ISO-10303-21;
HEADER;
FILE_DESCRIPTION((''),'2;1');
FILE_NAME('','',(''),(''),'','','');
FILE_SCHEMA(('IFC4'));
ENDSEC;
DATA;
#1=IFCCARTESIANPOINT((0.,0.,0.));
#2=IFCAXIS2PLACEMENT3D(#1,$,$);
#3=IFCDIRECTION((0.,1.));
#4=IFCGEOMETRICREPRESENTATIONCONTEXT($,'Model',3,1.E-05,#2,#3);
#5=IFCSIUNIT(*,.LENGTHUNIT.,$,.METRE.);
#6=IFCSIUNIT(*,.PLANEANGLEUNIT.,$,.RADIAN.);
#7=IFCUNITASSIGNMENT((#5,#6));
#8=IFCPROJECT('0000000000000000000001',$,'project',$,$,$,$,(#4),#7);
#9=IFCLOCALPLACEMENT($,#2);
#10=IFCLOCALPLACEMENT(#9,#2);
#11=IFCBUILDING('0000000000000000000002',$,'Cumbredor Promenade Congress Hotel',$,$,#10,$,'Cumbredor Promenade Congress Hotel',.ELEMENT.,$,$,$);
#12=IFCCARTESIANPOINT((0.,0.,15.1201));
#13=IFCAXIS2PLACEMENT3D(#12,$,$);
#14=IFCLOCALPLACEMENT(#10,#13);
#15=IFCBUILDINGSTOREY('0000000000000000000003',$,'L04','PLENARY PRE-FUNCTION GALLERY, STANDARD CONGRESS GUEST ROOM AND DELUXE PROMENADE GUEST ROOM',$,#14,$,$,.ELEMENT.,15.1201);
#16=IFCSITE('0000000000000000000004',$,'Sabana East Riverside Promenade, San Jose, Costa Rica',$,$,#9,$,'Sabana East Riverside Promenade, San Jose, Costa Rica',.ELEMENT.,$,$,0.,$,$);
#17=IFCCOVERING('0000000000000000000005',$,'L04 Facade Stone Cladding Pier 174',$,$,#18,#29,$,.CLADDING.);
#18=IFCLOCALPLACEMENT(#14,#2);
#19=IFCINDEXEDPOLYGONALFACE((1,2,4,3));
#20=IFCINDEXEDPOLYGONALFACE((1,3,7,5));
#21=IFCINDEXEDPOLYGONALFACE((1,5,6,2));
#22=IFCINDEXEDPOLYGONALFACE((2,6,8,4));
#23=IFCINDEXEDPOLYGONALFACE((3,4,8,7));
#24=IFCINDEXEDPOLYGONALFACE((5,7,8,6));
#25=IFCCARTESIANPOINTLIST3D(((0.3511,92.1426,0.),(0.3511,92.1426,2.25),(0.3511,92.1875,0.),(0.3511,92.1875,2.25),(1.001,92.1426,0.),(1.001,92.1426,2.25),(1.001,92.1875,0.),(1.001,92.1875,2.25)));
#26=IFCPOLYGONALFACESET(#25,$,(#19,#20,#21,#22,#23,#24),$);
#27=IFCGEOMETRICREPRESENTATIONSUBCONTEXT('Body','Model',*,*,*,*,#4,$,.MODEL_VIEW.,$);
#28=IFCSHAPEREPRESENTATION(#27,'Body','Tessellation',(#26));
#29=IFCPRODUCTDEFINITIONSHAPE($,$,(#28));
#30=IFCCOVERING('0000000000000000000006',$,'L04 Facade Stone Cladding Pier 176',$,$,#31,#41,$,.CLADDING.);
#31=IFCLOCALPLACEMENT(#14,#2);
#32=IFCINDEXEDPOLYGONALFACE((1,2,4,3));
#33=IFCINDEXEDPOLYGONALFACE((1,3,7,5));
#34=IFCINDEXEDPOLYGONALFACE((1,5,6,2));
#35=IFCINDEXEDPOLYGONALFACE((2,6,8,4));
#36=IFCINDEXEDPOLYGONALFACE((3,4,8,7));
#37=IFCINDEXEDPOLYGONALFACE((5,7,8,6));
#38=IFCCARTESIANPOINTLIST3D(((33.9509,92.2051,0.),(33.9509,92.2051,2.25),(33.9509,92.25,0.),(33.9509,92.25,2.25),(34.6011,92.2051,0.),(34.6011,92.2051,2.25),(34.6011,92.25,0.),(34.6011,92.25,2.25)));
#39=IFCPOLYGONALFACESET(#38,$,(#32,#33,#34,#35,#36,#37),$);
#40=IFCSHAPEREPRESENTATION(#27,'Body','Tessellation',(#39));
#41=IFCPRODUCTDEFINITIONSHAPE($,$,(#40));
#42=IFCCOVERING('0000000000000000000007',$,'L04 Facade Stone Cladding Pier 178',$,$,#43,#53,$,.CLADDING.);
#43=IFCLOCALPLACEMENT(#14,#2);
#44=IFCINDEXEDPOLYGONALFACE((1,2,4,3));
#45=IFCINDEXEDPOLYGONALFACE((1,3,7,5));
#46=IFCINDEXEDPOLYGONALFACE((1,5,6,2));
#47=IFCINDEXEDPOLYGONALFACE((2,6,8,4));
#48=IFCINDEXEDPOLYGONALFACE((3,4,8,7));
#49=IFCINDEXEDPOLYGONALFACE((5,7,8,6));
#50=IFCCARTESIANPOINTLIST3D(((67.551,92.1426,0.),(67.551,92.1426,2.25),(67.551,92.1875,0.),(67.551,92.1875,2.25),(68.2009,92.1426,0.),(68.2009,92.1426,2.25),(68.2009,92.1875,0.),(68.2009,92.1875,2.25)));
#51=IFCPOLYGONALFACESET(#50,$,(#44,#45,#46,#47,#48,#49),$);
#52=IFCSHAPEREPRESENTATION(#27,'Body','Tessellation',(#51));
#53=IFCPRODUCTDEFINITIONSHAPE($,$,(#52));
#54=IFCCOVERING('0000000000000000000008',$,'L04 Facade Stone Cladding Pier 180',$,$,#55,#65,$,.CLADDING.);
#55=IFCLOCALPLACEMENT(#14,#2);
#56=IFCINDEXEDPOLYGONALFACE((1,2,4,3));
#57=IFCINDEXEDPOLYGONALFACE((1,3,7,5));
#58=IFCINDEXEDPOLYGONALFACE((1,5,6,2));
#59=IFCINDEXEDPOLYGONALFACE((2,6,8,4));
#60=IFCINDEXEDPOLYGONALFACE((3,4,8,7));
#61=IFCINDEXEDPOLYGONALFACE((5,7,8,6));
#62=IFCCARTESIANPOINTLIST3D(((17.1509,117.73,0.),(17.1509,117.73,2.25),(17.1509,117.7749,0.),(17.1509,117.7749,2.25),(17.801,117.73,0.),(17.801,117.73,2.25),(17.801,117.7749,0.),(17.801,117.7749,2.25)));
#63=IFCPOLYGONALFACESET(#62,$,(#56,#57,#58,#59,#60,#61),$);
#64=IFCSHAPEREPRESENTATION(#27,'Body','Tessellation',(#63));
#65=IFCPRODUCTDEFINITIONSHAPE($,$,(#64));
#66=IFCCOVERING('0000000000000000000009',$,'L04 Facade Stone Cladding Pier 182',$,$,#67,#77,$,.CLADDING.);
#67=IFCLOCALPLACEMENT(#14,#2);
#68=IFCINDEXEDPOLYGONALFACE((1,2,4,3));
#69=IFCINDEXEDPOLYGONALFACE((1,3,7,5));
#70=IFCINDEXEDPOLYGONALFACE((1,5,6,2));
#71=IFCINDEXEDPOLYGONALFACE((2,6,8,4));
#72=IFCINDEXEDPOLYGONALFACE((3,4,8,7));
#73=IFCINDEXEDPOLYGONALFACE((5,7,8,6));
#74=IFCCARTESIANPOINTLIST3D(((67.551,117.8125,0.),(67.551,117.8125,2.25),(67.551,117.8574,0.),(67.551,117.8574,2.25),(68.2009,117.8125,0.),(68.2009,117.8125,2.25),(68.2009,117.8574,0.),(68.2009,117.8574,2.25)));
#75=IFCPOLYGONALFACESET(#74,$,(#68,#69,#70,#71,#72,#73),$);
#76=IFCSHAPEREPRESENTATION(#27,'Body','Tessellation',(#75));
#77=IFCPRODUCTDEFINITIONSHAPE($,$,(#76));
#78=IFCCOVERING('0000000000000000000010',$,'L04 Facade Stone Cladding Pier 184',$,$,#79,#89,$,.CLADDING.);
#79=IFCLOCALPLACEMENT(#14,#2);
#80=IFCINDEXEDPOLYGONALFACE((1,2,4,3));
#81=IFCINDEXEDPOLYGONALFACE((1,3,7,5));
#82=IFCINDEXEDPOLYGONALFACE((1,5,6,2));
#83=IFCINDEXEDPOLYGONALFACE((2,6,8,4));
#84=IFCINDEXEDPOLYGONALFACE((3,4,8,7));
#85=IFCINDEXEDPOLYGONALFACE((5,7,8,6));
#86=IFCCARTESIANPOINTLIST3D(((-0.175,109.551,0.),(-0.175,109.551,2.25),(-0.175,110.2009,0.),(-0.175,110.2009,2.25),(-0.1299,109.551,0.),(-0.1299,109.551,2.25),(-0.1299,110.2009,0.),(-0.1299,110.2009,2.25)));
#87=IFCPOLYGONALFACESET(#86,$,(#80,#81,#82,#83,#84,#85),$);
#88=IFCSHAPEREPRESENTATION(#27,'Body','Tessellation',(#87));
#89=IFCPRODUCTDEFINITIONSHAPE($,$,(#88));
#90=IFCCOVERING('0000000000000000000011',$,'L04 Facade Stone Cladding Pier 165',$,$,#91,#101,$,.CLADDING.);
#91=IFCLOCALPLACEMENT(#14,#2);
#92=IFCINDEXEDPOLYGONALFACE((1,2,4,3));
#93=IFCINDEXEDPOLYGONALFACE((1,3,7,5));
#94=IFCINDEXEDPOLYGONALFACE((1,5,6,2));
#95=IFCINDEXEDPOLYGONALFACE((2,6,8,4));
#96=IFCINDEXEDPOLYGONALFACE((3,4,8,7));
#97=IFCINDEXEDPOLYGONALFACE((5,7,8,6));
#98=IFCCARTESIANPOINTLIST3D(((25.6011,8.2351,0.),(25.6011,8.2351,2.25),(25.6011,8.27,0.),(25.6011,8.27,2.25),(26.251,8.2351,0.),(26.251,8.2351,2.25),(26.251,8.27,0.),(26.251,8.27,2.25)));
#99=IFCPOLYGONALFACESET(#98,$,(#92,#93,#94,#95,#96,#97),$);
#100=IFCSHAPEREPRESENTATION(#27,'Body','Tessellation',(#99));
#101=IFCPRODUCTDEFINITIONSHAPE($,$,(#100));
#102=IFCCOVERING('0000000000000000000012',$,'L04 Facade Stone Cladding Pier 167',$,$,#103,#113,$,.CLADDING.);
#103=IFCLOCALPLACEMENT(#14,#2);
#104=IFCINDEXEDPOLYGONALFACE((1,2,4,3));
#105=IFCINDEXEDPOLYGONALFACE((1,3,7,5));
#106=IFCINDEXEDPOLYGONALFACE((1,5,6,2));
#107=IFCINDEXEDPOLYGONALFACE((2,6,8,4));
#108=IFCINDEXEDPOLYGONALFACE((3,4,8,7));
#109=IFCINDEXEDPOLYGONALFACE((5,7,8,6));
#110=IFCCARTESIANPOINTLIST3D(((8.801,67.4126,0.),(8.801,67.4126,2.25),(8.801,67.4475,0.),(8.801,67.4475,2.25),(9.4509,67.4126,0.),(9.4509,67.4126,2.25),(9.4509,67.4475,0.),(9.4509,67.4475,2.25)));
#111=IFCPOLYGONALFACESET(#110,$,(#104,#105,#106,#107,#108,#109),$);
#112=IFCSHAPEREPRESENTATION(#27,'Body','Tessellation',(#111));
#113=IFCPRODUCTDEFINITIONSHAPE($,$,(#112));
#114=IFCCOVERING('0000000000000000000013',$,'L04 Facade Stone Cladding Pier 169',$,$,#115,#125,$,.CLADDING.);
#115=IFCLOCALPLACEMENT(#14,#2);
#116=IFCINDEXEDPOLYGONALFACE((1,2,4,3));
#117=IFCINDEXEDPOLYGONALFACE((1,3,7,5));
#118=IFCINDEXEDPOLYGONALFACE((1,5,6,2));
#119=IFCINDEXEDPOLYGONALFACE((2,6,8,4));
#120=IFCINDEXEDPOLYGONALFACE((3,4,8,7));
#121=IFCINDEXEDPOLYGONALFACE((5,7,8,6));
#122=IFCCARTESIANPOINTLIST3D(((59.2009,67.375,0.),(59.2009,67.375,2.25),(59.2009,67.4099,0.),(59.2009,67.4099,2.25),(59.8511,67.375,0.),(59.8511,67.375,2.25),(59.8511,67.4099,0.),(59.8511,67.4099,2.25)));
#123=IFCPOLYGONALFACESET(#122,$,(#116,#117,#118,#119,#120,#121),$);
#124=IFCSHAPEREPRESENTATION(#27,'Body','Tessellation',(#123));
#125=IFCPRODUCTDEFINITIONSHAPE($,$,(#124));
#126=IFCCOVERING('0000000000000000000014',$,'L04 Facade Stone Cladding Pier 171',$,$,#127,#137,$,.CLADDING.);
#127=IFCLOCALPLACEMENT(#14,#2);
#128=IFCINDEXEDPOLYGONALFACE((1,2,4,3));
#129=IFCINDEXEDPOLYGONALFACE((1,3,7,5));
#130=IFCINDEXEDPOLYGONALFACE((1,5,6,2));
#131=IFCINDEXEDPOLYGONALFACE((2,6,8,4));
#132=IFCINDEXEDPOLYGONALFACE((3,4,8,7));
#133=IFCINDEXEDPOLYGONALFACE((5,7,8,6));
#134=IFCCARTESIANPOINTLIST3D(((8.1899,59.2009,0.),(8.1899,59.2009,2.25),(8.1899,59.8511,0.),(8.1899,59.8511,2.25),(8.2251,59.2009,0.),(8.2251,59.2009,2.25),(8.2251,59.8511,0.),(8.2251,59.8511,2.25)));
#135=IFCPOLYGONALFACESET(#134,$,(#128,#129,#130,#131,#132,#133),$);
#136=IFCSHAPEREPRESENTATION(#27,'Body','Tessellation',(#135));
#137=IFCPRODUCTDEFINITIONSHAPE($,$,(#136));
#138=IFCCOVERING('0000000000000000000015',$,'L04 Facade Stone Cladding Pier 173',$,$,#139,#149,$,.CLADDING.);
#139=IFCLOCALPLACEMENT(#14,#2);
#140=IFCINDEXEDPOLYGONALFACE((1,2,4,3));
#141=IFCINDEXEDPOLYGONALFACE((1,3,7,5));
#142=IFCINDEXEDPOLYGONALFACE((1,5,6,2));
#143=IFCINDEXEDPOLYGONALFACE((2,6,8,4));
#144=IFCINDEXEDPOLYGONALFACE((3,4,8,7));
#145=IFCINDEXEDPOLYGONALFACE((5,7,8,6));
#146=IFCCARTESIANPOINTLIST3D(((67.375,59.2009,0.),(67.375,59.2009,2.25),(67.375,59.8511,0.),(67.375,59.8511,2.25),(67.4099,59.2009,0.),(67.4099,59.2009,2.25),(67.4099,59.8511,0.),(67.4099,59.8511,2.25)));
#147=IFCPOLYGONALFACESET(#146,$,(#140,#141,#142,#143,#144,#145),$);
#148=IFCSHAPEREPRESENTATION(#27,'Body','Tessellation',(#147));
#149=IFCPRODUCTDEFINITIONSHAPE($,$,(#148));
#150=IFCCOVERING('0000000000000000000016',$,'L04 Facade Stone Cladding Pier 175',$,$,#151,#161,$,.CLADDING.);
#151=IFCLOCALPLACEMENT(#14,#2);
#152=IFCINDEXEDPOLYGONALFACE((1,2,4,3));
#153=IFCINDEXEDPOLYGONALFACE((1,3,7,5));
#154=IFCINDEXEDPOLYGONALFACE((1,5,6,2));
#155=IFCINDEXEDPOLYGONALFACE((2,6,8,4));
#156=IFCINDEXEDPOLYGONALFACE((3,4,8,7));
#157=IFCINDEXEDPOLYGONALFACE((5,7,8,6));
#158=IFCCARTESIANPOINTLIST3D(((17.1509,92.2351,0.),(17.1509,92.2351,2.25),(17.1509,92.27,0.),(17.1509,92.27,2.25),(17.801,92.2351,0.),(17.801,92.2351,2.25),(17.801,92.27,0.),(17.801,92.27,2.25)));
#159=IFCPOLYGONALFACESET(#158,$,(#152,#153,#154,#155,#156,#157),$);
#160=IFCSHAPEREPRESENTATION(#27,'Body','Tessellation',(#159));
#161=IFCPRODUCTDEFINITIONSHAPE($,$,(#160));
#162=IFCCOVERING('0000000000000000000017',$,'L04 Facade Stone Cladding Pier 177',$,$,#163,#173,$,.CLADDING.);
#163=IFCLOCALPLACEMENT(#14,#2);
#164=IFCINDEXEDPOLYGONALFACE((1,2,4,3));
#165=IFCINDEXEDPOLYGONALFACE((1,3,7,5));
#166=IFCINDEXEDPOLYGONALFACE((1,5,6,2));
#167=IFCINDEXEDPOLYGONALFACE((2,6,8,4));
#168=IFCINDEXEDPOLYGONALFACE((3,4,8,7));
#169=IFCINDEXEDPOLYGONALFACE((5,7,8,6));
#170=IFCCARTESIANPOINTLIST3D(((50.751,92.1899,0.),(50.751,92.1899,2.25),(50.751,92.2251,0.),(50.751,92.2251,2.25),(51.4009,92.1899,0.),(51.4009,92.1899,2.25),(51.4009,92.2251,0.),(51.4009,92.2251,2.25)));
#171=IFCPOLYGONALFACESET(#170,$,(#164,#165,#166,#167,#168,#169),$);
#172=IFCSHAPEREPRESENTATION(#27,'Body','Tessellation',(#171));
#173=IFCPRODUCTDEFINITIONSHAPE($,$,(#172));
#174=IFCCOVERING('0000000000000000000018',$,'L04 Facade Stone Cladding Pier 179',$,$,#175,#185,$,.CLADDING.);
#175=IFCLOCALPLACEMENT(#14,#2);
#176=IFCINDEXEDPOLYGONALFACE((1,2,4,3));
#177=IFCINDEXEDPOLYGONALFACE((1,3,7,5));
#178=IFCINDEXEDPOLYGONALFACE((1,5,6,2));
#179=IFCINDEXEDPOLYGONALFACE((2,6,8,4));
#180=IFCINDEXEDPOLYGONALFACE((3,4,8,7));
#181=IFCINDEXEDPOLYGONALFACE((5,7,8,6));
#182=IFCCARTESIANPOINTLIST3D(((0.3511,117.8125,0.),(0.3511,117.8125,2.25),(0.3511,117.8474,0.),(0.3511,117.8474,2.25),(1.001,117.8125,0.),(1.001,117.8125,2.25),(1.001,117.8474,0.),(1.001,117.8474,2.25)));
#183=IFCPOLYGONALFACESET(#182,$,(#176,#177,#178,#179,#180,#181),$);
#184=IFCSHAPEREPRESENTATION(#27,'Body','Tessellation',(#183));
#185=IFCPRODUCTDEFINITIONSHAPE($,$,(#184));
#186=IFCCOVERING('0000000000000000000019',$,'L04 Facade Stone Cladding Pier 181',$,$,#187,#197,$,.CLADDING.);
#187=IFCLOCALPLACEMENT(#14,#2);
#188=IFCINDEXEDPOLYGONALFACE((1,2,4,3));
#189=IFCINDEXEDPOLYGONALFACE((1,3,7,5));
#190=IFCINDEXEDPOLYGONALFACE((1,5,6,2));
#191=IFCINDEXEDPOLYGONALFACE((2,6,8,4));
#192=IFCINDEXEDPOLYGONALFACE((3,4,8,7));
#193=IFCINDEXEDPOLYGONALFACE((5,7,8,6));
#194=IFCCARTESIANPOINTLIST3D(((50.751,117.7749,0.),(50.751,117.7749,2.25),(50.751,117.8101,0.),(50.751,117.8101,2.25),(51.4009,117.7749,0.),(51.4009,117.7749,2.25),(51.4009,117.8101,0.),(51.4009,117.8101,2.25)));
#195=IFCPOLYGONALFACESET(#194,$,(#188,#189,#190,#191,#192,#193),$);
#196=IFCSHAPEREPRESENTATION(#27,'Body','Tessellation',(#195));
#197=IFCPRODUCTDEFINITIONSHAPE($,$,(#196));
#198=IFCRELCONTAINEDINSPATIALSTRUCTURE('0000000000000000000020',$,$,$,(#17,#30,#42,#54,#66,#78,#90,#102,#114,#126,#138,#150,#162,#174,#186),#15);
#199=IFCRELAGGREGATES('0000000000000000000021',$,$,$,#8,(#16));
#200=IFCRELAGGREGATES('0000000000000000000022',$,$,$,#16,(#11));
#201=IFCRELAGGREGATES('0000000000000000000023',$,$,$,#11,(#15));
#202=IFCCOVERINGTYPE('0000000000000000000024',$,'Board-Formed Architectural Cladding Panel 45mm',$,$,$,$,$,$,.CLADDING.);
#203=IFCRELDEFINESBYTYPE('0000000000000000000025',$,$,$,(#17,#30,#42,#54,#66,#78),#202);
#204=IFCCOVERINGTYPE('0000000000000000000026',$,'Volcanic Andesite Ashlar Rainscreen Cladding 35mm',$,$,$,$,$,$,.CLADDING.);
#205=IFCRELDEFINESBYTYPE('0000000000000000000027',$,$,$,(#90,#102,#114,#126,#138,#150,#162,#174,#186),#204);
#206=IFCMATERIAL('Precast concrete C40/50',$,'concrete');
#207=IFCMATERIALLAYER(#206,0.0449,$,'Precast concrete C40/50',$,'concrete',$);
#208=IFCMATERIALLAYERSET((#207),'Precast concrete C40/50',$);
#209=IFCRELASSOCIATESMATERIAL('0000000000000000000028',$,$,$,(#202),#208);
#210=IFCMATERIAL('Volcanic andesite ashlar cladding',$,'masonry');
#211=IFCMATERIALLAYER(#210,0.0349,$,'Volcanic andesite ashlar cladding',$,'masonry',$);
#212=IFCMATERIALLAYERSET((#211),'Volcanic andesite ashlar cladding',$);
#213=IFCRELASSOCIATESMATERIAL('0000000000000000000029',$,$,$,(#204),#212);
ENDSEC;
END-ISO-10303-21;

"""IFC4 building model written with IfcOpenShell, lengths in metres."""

from ifc_helpers import new_model, si_unit, direction, frame, origin, place, context, subcontext, project, spatial, polyline, outline, extrude, material, layer, layer_set, type_object, element, save


model = new_model("IFC4")

# Units and contexts
model_context = context("Model", 3, precision=1e-05, world=origin(), true_north=direction((0.0, 1.0)))
body_context = subcontext(model_context, "Body", "Model", "MODEL_VIEW")
ifc_project = project(units=[si_unit("LENGTHUNIT", "METRE"), si_unit("PLANEANGLEUNIT", "RADIAN")], contexts=[model_context])

# Site, building, storey
site_placement = place(None, origin())
site = spatial("IfcSite", under=ifc_project, at=site_placement, Name="Sabana East Riverside Promenade, San Jose, Costa Rica", LongName="Sabana East Riverside Promenade, San Jose, Costa Rica", CompositionType="ELEMENT", RefElevation=0.0)
building_placement = place(site_placement, origin())
building = spatial("IfcBuilding", under=site, at=building_placement, Name="Cumbredor Promenade Congress Hotel", LongName="Cumbredor Promenade Congress Hotel", CompositionType="ELEMENT")
storey_placement = place(building_placement, frame((0.0, 0.0, 15.1201)))
storey = spatial("IfcBuildingStorey", under=building, at=storey_placement, Name="L04", Description="PLENARY PRE-FUNCTION GALLERY, STANDARD CONGRESS GUEST ROOM AND DELUXE PROMENADE GUEST ROOM", CompositionType="ELEMENT", Elevation=15.1201)

# Coverings
ifc_material_1 = material(Name="Precast concrete C40/50", Category="concrete")
ifc_layer_1 = layer(ifc_material_1, 0.0449, Name="Precast concrete C40/50", Category="concrete")
ifc_layer_set_1 = layer_set([ifc_layer_1], Name="Precast concrete C40/50")
covering_type_1 = type_object("IfcCoveringType", Name="Board-Formed Architectural Cladding Panel 45mm", PredefinedType="CLADDING", material=ifc_layer_set_1)
covering_1_placement = place(storey_placement, origin())
element("IfcCovering", 1, at=covering_1_placement, inside=storey, type_object=covering_type_1, Name="L04 Facade Stone Cladding Pier 174", PredefinedType="CLADDING", context=body_context, shape_type="SweptSolid", body=[
    extrude(outline(polyline([(0.3511, 92.1875), (1.001, 92.1875), (1.001, 92.1426), (0.3511, 92.1426), (0.3511, 92.1875)])), origin(), (0.0, 0.0, 1.0), 2.25),
])
covering_2_placement = place(storey_placement, origin())
element("IfcCovering", 2, at=covering_2_placement, inside=storey, type_object=covering_type_1, Name="L04 Facade Stone Cladding Pier 176", PredefinedType="CLADDING", context=body_context, shape_type="SweptSolid", body=[
    extrude(outline(polyline([(33.9509, 92.25), (34.6011, 92.25), (34.6011, 92.2051), (33.9509, 92.2051), (33.9509, 92.25)])), origin(), (0.0, 0.0, 1.0), 2.25),
])
covering_3_placement = place(storey_placement, origin())
element("IfcCovering", 3, at=covering_3_placement, inside=storey, type_object=covering_type_1, Name="L04 Facade Stone Cladding Pier 178", PredefinedType="CLADDING", context=body_context, shape_type="SweptSolid", body=[
    extrude(outline(polyline([(67.551, 92.1875), (68.2009, 92.1875), (68.2009, 92.1426), (67.551, 92.1426), (67.551, 92.1875)])), origin(), (0.0, 0.0, 1.0), 2.25),
])
covering_4_placement = place(storey_placement, origin())
element("IfcCovering", 4, at=covering_4_placement, inside=storey, type_object=covering_type_1, Name="L04 Facade Stone Cladding Pier 180", PredefinedType="CLADDING", context=body_context, shape_type="SweptSolid", body=[
    extrude(outline(polyline([(17.1509, 117.73), (17.801, 117.73), (17.801, 117.7749), (17.1509, 117.7749), (17.1509, 117.73)])), origin(), (0.0, 0.0, 1.0), 2.25),
])
covering_5_placement = place(storey_placement, origin())
element("IfcCovering", 5, at=covering_5_placement, inside=storey, type_object=covering_type_1, Name="L04 Facade Stone Cladding Pier 182", PredefinedType="CLADDING", context=body_context, shape_type="SweptSolid", body=[
    extrude(outline(polyline([(67.551, 117.8125), (68.2009, 117.8125), (68.2009, 117.8574), (67.551, 117.8574), (67.551, 117.8125)])), origin(), (0.0, 0.0, 1.0), 2.25),
])
covering_6_placement = place(storey_placement, origin())
element("IfcCovering", 6, at=covering_6_placement, inside=storey, type_object=covering_type_1, Name="L04 Facade Stone Cladding Pier 184", PredefinedType="CLADDING", context=body_context, shape_type="SweptSolid", body=[
    extrude(outline(polyline([(-0.1299, 109.551), (-0.1299, 110.2009), (-0.175, 110.2009), (-0.175, 109.551), (-0.1299, 109.551)])), origin(), (0.0, 0.0, 1.0), 2.25),
])
ifc_material_2 = material(Name="Volcanic andesite ashlar cladding", Category="masonry")
ifc_layer_2 = layer(ifc_material_2, 0.0349, Name="Volcanic andesite ashlar cladding", Category="masonry")
ifc_layer_set_2 = layer_set([ifc_layer_2], Name="Volcanic andesite ashlar cladding")
covering_type_2 = type_object("IfcCoveringType", Name="Volcanic Andesite Ashlar Rainscreen Cladding 35mm", PredefinedType="CLADDING", material=ifc_layer_set_2)
covering_7_placement = place(storey_placement, origin())
element("IfcCovering", 7, at=covering_7_placement, inside=storey, type_object=covering_type_2, Name="L04 Facade Stone Cladding Pier 165", PredefinedType="CLADDING", context=body_context, shape_type="SweptSolid", body=[
    extrude(outline(polyline([(25.6011, 8.27), (26.251, 8.27), (26.251, 8.2351), (25.6011, 8.2351), (25.6011, 8.27)])), origin(), (0.0, 0.0, 1.0), 2.25),
])
covering_8_placement = place(storey_placement, origin())
element("IfcCovering", 8, at=covering_8_placement, inside=storey, type_object=covering_type_2, Name="L04 Facade Stone Cladding Pier 167", PredefinedType="CLADDING", context=body_context, shape_type="SweptSolid", body=[
    extrude(outline(polyline([(8.801, 67.4126), (9.4509, 67.4126), (9.4509, 67.4475), (8.801, 67.4475), (8.801, 67.4126)])), origin(), (0.0, 0.0, 1.0), 2.25),
])
covering_9_placement = place(storey_placement, origin())
element("IfcCovering", 9, at=covering_9_placement, inside=storey, type_object=covering_type_2, Name="L04 Facade Stone Cladding Pier 169", PredefinedType="CLADDING", context=body_context, shape_type="SweptSolid", body=[
    extrude(outline(polyline([(59.2009, 67.375), (59.8511, 67.375), (59.8511, 67.4099), (59.2009, 67.4099), (59.2009, 67.375)])), origin(), (0.0, 0.0, 1.0), 2.25),
])
covering_10_placement = place(storey_placement, origin())
element("IfcCovering", 10, at=covering_10_placement, inside=storey, type_object=covering_type_2, Name="L04 Facade Stone Cladding Pier 171", PredefinedType="CLADDING", context=body_context, shape_type="SweptSolid", body=[
    extrude(outline(polyline([(8.2251, 59.2009), (8.2251, 59.8511), (8.1899, 59.8511), (8.1899, 59.2009), (8.2251, 59.2009)])), origin(), (0.0, 0.0, 1.0), 2.25),
])
covering_11_placement = place(storey_placement, origin())
element("IfcCovering", 11, at=covering_11_placement, inside=storey, type_object=covering_type_2, Name="L04 Facade Stone Cladding Pier 173", PredefinedType="CLADDING", context=body_context, shape_type="SweptSolid", body=[
    extrude(outline(polyline([(67.375, 59.2009), (67.375, 59.8511), (67.4099, 59.8511), (67.4099, 59.2009), (67.375, 59.2009)])), origin(), (0.0, 0.0, 1.0), 2.25),
])
covering_12_placement = place(storey_placement, origin())
element("IfcCovering", 12, at=covering_12_placement, inside=storey, type_object=covering_type_2, Name="L04 Facade Stone Cladding Pier 175", PredefinedType="CLADDING", context=body_context, shape_type="SweptSolid", body=[
    extrude(outline(polyline([(17.1509, 92.27), (17.801, 92.27), (17.801, 92.2351), (17.1509, 92.2351), (17.1509, 92.27)])), origin(), (0.0, 0.0, 1.0), 2.25),
])
covering_13_placement = place(storey_placement, origin())
element("IfcCovering", 13, at=covering_13_placement, inside=storey, type_object=covering_type_2, Name="L04 Facade Stone Cladding Pier 177", PredefinedType="CLADDING", context=body_context, shape_type="SweptSolid", body=[
    extrude(outline(polyline([(50.751, 92.2251), (51.4009, 92.2251), (51.4009, 92.1899), (50.751, 92.1899), (50.751, 92.2251)])), origin(), (0.0, 0.0, 1.0), 2.25),
])
covering_14_placement = place(storey_placement, origin())
element("IfcCovering", 14, at=covering_14_placement, inside=storey, type_object=covering_type_2, Name="L04 Facade Stone Cladding Pier 179", PredefinedType="CLADDING", context=body_context, shape_type="SweptSolid", body=[
    extrude(outline(polyline([(0.3511, 117.8125), (1.001, 117.8125), (1.001, 117.8474), (0.3511, 117.8474), (0.3511, 117.8125)])), origin(), (0.0, 0.0, 1.0), 2.25),
])
covering_15_placement = place(storey_placement, origin())
element("IfcCovering", 15, at=covering_15_placement, inside=storey, type_object=covering_type_2, Name="L04 Facade Stone Cladding Pier 181", PredefinedType="CLADDING", context=body_context, shape_type="SweptSolid", body=[
    extrude(outline(polyline([(50.751, 117.7749), (51.4009, 117.7749), (51.4009, 117.8101), (50.751, 117.8101), (50.751, 117.7749)])), origin(), (0.0, 0.0, 1.0), 2.25),
])

save(model, "model.ifc")
